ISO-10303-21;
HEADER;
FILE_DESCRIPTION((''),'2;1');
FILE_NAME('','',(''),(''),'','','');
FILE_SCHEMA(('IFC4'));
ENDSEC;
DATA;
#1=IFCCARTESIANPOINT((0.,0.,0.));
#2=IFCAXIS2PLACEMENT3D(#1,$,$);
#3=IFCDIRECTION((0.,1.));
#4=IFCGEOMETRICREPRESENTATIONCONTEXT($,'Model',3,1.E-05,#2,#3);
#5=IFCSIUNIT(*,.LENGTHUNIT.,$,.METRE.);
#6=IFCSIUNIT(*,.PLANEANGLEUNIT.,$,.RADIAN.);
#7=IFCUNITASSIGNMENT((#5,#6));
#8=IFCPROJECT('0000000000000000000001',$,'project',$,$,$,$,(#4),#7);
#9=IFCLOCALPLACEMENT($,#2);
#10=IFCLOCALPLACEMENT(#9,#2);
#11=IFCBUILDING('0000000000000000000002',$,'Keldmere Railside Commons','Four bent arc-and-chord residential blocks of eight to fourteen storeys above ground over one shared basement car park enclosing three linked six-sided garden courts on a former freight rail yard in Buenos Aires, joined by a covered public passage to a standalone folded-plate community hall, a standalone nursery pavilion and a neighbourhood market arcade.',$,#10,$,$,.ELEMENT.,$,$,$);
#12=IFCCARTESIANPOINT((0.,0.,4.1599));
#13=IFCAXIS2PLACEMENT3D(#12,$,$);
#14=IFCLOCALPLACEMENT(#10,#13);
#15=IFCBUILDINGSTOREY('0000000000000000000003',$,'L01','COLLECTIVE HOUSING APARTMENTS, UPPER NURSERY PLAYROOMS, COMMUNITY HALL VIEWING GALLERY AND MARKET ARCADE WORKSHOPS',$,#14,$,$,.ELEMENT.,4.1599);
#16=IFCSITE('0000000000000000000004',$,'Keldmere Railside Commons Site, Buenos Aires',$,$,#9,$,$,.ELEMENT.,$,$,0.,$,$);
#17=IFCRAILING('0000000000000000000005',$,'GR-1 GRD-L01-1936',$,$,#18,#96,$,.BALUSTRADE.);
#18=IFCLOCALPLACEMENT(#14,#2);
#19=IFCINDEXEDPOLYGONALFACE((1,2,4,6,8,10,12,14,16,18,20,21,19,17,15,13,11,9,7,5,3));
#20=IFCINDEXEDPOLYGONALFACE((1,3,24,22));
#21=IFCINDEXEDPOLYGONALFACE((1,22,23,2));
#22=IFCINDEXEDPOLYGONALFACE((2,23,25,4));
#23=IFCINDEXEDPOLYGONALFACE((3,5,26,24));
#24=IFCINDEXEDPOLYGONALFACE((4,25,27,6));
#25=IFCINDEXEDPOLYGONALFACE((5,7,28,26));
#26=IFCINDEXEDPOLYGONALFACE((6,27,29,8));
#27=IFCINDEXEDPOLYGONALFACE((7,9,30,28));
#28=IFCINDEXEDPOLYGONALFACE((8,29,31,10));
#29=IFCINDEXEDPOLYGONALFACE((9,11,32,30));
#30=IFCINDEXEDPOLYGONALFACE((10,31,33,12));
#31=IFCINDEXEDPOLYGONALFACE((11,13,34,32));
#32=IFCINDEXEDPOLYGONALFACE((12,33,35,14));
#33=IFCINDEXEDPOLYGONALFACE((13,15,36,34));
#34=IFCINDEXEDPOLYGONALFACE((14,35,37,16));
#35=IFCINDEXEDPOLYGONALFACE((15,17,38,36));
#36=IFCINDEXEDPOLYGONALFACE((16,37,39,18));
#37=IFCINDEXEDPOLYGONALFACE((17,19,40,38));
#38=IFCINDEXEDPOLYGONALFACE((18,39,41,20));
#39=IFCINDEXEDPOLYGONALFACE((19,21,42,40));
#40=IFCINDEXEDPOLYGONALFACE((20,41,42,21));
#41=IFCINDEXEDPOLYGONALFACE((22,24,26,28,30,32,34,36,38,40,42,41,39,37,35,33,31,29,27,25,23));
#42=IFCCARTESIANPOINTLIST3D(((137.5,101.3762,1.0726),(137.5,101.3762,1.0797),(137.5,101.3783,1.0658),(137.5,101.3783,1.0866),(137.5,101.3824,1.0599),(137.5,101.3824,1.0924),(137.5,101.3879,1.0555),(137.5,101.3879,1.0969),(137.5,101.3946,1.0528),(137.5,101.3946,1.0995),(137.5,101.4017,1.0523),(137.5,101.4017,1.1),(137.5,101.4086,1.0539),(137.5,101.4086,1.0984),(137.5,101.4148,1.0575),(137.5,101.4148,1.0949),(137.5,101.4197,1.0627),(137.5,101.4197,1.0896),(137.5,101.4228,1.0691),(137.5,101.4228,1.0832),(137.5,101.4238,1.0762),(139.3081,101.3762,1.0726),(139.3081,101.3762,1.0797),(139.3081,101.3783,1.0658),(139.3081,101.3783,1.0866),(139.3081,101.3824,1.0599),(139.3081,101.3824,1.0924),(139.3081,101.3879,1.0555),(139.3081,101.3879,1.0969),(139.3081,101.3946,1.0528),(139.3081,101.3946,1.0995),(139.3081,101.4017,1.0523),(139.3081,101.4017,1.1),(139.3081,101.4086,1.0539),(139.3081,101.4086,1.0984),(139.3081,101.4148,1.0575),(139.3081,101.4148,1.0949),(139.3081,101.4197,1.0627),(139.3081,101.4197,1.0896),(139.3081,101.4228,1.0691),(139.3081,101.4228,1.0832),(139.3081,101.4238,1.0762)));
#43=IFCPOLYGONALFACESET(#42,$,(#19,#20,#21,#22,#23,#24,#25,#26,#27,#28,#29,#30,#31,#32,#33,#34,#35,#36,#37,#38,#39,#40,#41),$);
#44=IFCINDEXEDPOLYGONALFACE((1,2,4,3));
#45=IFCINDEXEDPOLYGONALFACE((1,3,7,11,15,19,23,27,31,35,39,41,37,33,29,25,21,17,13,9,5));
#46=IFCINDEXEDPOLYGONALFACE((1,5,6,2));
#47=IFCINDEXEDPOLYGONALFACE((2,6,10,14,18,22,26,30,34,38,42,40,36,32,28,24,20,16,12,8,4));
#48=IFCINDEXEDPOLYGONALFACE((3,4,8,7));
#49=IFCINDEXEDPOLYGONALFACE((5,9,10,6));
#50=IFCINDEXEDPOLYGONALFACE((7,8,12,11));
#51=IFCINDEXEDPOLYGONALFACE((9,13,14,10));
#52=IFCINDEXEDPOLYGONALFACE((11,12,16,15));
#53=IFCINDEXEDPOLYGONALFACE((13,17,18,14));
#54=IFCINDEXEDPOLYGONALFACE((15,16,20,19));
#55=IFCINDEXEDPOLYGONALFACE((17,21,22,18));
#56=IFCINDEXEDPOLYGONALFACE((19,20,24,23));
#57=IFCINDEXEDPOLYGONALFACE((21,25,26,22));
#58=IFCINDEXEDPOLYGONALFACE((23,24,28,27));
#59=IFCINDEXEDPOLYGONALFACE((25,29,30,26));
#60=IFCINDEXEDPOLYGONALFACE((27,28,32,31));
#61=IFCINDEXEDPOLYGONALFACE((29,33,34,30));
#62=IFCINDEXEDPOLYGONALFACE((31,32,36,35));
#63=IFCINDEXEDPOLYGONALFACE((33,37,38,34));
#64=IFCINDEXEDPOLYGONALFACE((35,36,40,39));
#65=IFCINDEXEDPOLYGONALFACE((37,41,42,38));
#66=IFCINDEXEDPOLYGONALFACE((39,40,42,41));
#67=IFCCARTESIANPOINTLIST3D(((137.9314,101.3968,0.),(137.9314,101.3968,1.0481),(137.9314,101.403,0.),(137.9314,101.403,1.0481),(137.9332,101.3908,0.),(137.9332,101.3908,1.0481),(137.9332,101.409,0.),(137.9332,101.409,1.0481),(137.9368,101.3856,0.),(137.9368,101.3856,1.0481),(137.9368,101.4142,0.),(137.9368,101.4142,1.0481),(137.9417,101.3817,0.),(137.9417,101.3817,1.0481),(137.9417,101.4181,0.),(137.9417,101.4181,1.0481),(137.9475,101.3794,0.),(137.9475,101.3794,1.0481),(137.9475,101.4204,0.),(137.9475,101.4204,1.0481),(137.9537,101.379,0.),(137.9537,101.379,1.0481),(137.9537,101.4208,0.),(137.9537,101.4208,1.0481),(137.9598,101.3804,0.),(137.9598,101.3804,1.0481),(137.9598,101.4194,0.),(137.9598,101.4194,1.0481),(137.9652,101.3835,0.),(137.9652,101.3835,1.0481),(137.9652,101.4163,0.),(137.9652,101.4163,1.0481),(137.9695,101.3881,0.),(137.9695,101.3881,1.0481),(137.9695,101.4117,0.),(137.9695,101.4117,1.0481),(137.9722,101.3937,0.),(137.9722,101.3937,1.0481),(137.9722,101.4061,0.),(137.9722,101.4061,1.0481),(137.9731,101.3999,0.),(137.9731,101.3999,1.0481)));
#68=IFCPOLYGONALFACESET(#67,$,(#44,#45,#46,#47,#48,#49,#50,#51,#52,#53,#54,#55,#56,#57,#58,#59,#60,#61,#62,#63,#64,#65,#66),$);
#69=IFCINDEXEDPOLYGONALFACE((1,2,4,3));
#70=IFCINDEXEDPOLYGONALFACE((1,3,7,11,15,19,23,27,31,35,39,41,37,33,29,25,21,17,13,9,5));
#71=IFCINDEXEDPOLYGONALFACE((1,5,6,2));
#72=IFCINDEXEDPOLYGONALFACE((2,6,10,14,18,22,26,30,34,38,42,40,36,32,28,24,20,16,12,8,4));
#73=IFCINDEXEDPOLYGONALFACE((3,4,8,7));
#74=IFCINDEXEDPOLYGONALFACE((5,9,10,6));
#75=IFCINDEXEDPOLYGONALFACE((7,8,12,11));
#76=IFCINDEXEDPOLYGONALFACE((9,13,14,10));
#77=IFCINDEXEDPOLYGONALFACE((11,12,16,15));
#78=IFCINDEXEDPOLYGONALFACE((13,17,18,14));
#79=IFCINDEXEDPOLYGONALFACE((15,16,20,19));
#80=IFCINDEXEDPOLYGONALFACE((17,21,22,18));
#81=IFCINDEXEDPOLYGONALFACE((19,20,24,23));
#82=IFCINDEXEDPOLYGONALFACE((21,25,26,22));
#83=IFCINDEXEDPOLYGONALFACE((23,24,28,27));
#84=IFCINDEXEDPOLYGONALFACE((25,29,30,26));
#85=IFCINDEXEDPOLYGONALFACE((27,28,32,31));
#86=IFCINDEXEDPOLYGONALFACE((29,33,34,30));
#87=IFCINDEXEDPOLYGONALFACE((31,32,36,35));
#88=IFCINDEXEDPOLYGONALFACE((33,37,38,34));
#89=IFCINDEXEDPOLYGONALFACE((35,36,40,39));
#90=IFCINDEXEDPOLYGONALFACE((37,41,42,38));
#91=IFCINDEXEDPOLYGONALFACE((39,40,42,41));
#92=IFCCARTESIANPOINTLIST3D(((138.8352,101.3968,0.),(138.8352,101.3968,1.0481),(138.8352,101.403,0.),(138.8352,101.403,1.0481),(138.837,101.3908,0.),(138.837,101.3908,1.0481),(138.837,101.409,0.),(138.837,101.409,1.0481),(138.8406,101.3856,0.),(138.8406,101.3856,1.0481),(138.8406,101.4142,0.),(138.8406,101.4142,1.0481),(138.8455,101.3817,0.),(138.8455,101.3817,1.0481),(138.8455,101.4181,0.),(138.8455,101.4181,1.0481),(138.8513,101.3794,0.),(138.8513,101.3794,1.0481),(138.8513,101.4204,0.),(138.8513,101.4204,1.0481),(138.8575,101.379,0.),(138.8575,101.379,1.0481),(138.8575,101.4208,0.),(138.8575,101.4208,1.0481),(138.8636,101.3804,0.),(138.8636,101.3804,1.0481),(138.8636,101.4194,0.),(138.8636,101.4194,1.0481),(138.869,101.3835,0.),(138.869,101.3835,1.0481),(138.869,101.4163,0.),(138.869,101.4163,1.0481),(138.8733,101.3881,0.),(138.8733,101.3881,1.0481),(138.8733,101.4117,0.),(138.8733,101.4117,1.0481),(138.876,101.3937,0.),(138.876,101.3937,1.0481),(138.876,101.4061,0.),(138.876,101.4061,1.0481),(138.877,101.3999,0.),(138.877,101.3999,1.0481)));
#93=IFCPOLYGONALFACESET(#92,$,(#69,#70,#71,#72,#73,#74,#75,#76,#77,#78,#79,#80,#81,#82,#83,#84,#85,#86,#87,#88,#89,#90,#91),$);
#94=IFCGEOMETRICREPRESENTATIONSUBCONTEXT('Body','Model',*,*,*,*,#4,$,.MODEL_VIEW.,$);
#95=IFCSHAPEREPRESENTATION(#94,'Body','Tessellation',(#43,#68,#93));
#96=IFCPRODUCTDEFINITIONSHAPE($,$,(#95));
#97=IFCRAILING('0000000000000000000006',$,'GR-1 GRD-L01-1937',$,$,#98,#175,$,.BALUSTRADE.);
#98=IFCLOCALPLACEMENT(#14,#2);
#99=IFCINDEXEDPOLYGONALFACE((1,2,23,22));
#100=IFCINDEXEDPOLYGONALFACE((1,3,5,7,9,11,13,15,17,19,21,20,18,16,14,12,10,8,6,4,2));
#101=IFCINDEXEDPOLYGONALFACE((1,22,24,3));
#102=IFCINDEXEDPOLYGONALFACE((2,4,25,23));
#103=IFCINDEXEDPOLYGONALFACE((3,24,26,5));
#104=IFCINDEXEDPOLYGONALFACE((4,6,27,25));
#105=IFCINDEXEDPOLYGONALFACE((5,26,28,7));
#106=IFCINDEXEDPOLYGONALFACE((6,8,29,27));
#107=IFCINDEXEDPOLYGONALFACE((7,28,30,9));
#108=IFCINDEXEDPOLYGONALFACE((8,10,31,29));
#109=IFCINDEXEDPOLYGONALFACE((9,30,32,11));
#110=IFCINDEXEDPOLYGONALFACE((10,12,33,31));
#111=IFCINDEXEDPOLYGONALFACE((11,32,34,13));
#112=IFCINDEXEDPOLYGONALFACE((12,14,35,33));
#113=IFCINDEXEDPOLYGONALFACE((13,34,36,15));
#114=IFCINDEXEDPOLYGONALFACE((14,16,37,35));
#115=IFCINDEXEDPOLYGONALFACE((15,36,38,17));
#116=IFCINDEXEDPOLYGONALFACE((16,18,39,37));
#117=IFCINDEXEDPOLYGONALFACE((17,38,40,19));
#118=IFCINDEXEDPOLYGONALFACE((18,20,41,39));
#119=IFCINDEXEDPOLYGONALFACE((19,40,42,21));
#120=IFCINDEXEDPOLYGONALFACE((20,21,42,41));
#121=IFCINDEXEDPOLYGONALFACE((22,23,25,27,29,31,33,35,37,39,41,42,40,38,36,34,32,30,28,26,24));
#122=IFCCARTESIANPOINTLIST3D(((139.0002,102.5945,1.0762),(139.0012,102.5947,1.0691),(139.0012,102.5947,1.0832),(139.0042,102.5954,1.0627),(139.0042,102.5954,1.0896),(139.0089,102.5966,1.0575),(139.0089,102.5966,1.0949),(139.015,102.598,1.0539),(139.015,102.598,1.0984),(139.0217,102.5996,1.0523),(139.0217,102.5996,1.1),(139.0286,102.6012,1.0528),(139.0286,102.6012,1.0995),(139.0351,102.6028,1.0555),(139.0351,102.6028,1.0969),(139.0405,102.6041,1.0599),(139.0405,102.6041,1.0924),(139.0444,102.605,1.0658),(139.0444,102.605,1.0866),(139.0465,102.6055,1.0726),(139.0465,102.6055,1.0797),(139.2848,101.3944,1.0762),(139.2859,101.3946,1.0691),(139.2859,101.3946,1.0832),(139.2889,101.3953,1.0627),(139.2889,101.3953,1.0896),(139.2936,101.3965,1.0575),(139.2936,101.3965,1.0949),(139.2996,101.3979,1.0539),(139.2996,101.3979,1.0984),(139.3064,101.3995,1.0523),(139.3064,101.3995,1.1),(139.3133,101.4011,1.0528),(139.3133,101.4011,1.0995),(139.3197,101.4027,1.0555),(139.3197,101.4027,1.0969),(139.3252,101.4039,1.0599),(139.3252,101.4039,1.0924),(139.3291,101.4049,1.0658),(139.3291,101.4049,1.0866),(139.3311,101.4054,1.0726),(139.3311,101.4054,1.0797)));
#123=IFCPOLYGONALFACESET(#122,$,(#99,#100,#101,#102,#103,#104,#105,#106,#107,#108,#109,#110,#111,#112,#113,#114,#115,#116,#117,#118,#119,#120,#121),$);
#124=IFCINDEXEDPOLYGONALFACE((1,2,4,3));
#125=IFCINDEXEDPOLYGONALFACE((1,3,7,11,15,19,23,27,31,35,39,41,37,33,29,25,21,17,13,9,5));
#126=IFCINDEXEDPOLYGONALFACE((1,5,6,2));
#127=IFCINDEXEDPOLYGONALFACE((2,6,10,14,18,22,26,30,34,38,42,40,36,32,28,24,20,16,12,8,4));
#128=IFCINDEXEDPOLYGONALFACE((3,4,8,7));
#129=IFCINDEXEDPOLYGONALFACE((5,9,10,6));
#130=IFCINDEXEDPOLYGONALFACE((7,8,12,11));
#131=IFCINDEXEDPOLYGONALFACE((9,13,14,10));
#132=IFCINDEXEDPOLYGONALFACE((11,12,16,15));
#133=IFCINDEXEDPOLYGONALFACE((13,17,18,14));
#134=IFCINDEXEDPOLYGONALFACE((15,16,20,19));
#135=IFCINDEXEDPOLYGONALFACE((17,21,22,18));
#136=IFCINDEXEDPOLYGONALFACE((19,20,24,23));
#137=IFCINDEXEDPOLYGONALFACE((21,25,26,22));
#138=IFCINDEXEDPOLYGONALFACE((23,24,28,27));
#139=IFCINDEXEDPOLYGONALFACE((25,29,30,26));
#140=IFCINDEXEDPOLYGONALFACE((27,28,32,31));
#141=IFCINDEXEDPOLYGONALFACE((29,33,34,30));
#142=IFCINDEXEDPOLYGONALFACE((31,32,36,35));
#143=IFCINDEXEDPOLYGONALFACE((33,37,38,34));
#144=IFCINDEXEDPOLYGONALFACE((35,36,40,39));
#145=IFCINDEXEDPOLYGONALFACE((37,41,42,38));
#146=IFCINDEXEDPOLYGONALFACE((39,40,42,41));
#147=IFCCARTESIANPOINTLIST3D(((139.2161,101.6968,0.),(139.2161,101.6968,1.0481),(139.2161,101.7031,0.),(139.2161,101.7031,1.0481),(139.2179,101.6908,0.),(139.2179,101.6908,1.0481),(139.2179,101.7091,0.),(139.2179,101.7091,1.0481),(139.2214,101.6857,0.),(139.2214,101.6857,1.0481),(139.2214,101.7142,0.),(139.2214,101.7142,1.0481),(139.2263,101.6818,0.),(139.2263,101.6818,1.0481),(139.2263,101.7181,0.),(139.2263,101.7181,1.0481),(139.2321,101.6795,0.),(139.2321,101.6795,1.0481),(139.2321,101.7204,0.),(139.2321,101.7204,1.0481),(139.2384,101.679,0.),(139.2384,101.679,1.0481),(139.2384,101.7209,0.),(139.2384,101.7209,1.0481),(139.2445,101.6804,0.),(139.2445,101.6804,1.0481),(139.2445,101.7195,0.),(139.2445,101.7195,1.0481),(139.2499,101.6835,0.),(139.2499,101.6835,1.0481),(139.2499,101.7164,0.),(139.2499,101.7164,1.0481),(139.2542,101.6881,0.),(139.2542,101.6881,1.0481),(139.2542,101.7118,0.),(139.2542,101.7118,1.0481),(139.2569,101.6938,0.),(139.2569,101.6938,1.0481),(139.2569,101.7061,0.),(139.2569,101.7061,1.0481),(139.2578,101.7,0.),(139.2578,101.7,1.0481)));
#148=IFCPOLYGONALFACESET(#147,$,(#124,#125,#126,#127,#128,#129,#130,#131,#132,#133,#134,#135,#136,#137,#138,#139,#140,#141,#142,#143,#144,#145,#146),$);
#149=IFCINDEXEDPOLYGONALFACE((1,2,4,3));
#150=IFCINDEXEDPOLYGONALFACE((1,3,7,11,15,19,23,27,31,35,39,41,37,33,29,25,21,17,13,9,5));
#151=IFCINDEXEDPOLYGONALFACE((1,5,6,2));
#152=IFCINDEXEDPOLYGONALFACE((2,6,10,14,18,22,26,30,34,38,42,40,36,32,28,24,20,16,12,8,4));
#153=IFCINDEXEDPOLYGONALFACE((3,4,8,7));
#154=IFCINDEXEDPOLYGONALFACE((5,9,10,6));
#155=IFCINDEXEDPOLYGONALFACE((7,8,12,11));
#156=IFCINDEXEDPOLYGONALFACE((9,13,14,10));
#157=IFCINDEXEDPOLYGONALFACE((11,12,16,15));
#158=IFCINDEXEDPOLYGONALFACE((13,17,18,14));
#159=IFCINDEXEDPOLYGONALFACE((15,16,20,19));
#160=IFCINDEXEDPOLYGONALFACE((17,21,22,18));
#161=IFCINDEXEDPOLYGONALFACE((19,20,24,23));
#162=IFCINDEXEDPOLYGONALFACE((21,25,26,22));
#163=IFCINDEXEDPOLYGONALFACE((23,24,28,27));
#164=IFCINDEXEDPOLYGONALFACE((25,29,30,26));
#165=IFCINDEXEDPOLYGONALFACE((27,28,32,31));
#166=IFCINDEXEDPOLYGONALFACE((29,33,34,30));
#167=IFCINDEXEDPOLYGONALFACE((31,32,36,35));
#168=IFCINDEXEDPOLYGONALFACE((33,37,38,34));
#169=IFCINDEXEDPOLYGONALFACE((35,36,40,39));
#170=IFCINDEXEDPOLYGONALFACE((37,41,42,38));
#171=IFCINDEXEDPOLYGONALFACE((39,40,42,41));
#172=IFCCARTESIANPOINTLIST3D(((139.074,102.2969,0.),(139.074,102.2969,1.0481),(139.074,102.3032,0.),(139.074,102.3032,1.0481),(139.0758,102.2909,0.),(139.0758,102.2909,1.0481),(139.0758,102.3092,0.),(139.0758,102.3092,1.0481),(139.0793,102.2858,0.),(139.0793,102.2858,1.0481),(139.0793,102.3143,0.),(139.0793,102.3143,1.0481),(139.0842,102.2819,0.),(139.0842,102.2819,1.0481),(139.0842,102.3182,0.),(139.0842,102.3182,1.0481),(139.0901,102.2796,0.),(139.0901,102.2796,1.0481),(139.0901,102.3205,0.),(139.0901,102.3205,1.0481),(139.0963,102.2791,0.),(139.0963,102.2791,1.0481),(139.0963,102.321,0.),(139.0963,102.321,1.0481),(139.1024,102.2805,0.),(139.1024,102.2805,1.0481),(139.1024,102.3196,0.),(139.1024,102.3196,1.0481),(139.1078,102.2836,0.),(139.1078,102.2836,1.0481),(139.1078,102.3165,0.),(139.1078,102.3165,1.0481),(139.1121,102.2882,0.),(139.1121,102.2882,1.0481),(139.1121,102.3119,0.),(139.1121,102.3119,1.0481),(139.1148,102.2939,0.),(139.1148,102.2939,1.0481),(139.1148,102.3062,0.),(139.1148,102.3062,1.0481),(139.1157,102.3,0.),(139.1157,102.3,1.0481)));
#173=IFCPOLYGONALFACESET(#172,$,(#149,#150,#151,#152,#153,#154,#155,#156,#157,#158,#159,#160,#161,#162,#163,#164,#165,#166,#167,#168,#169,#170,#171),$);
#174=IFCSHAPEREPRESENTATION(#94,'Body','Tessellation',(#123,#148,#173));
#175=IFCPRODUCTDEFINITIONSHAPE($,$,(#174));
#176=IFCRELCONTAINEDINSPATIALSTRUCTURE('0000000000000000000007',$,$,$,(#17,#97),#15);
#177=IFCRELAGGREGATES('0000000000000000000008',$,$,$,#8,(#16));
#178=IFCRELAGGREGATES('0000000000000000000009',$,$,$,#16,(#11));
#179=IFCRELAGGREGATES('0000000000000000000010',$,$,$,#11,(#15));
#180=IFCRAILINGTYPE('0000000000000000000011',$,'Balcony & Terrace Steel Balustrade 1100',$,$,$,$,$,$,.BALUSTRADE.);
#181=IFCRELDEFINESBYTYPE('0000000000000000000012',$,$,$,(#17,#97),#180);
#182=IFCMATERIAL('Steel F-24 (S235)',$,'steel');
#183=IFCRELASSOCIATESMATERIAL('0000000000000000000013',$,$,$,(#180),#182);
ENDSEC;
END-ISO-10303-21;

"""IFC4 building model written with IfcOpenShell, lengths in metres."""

from ifc_helpers import new_model, si_unit, direction, frame, origin, origin_2d, place, context, subcontext, project, spatial, circle, extrude, material, type_object, element, save


model = new_model("IFC4")

# Units and contexts
model_context = context("Model", 3, precision=1e-05, world=origin(), true_north=direction((0.0, 1.0)))
body_context = subcontext(model_context, "Body", "Model", "MODEL_VIEW")
ifc_project = project(units=[si_unit("LENGTHUNIT", "METRE"), si_unit("PLANEANGLEUNIT", "RADIAN")], contexts=[model_context])

# Site, building, storey
site_placement = place(None, origin())
site = spatial("IfcSite", under=ifc_project, at=site_placement, Name="Keldmere Railside Commons Site, Buenos Aires", CompositionType="ELEMENT", RefElevation=0.0)
building_placement = place(site_placement, origin())
building = spatial("IfcBuilding", under=site, at=building_placement, Name="Keldmere Railside Commons", Description="Four bent arc-and-chord residential blocks of eight to fourteen storeys above ground over one shared basement car park enclosing three linked six-sided garden courts on a former freight rail yard in Buenos Aires, joined by a covered public passage to a standalone folded-plate community hall, a standalone nursery pavilion and a neighbourhood market arcade.", CompositionType="ELEMENT")
storey_placement = place(building_placement, frame((0.0, 0.0, 4.1599)))
storey = spatial("IfcBuildingStorey", under=building, at=storey_placement, Name="L01", Description="COLLECTIVE HOUSING APARTMENTS, UPPER NURSERY PLAYROOMS, COMMUNITY HALL VIEWING GALLERY AND MARKET ARCADE WORKSHOPS", CompositionType="ELEMENT", Elevation=4.1599)

# Railings
ifc_material_1 = material(Name="Steel F-24 (S235)", Category="steel")
railing_type_1 = type_object("IfcRailingType", Name="Balcony & Terrace Steel Balustrade 1100", PredefinedType="BALUSTRADE", material=ifc_material_1)
railing_1_placement = place(storey_placement, frame((137.5, 101.3999, 0.0)))
element("IfcRailing", 1, at=railing_1_placement, inside=storey, type_object=railing_type_1, Name="GR-1 GRD-L01-1936", PredefinedType="BALUSTRADE", context=body_context, shape_type="SweptSolid", body=[
    extrude(circle(Radius=0.0239, at=origin_2d()), frame((0.0, 0.0, 1.0762), z_axis=(1.0, 0.0, 0.0), x_axis=(0.0, 1.0, 0.0)), (0.0, 0.0, 1.0), 1.8081),
    extrude(circle(Radius=0.021, at=origin_2d()), frame((0.4521, 0.0, 0.0)), (0.0, 0.0, 1.0), 1.0481),
    extrude(circle(Radius=0.021, at=origin_2d()), frame((1.356, 0.0, 0.0)), (0.0, 0.0, 1.0), 1.0481),
])
railing_2_placement = place(storey_placement, frame((139.3081, 101.3999, 0.0)))
element("IfcRailing", 2, at=railing_2_placement, inside=storey, type_object=railing_type_1, Name="GR-1 GRD-L01-1937", PredefinedType="BALUSTRADE", context=body_context, shape_type="SweptSolid", body=[
    extrude(circle(Radius=0.0239, at=origin_2d()), frame((0.0, 0.0, 1.0762), z_axis=(-0.230782, 0.973005, 0.0), x_axis=(-0.973005, -0.230782, 0.0)), (0.0, 0.0, 1.0), 1.2334),
    extrude(circle(Radius=0.021, at=origin_2d()), frame((-0.0713, 0.3, 0.0)), (0.0, 0.0, 1.0), 1.0481),
    extrude(circle(Radius=0.021, at=origin_2d()), frame((-0.2134, 0.9001, 0.0)), (0.0, 0.0, 1.0), 1.0481),
])

save(model, "model.ifc")
